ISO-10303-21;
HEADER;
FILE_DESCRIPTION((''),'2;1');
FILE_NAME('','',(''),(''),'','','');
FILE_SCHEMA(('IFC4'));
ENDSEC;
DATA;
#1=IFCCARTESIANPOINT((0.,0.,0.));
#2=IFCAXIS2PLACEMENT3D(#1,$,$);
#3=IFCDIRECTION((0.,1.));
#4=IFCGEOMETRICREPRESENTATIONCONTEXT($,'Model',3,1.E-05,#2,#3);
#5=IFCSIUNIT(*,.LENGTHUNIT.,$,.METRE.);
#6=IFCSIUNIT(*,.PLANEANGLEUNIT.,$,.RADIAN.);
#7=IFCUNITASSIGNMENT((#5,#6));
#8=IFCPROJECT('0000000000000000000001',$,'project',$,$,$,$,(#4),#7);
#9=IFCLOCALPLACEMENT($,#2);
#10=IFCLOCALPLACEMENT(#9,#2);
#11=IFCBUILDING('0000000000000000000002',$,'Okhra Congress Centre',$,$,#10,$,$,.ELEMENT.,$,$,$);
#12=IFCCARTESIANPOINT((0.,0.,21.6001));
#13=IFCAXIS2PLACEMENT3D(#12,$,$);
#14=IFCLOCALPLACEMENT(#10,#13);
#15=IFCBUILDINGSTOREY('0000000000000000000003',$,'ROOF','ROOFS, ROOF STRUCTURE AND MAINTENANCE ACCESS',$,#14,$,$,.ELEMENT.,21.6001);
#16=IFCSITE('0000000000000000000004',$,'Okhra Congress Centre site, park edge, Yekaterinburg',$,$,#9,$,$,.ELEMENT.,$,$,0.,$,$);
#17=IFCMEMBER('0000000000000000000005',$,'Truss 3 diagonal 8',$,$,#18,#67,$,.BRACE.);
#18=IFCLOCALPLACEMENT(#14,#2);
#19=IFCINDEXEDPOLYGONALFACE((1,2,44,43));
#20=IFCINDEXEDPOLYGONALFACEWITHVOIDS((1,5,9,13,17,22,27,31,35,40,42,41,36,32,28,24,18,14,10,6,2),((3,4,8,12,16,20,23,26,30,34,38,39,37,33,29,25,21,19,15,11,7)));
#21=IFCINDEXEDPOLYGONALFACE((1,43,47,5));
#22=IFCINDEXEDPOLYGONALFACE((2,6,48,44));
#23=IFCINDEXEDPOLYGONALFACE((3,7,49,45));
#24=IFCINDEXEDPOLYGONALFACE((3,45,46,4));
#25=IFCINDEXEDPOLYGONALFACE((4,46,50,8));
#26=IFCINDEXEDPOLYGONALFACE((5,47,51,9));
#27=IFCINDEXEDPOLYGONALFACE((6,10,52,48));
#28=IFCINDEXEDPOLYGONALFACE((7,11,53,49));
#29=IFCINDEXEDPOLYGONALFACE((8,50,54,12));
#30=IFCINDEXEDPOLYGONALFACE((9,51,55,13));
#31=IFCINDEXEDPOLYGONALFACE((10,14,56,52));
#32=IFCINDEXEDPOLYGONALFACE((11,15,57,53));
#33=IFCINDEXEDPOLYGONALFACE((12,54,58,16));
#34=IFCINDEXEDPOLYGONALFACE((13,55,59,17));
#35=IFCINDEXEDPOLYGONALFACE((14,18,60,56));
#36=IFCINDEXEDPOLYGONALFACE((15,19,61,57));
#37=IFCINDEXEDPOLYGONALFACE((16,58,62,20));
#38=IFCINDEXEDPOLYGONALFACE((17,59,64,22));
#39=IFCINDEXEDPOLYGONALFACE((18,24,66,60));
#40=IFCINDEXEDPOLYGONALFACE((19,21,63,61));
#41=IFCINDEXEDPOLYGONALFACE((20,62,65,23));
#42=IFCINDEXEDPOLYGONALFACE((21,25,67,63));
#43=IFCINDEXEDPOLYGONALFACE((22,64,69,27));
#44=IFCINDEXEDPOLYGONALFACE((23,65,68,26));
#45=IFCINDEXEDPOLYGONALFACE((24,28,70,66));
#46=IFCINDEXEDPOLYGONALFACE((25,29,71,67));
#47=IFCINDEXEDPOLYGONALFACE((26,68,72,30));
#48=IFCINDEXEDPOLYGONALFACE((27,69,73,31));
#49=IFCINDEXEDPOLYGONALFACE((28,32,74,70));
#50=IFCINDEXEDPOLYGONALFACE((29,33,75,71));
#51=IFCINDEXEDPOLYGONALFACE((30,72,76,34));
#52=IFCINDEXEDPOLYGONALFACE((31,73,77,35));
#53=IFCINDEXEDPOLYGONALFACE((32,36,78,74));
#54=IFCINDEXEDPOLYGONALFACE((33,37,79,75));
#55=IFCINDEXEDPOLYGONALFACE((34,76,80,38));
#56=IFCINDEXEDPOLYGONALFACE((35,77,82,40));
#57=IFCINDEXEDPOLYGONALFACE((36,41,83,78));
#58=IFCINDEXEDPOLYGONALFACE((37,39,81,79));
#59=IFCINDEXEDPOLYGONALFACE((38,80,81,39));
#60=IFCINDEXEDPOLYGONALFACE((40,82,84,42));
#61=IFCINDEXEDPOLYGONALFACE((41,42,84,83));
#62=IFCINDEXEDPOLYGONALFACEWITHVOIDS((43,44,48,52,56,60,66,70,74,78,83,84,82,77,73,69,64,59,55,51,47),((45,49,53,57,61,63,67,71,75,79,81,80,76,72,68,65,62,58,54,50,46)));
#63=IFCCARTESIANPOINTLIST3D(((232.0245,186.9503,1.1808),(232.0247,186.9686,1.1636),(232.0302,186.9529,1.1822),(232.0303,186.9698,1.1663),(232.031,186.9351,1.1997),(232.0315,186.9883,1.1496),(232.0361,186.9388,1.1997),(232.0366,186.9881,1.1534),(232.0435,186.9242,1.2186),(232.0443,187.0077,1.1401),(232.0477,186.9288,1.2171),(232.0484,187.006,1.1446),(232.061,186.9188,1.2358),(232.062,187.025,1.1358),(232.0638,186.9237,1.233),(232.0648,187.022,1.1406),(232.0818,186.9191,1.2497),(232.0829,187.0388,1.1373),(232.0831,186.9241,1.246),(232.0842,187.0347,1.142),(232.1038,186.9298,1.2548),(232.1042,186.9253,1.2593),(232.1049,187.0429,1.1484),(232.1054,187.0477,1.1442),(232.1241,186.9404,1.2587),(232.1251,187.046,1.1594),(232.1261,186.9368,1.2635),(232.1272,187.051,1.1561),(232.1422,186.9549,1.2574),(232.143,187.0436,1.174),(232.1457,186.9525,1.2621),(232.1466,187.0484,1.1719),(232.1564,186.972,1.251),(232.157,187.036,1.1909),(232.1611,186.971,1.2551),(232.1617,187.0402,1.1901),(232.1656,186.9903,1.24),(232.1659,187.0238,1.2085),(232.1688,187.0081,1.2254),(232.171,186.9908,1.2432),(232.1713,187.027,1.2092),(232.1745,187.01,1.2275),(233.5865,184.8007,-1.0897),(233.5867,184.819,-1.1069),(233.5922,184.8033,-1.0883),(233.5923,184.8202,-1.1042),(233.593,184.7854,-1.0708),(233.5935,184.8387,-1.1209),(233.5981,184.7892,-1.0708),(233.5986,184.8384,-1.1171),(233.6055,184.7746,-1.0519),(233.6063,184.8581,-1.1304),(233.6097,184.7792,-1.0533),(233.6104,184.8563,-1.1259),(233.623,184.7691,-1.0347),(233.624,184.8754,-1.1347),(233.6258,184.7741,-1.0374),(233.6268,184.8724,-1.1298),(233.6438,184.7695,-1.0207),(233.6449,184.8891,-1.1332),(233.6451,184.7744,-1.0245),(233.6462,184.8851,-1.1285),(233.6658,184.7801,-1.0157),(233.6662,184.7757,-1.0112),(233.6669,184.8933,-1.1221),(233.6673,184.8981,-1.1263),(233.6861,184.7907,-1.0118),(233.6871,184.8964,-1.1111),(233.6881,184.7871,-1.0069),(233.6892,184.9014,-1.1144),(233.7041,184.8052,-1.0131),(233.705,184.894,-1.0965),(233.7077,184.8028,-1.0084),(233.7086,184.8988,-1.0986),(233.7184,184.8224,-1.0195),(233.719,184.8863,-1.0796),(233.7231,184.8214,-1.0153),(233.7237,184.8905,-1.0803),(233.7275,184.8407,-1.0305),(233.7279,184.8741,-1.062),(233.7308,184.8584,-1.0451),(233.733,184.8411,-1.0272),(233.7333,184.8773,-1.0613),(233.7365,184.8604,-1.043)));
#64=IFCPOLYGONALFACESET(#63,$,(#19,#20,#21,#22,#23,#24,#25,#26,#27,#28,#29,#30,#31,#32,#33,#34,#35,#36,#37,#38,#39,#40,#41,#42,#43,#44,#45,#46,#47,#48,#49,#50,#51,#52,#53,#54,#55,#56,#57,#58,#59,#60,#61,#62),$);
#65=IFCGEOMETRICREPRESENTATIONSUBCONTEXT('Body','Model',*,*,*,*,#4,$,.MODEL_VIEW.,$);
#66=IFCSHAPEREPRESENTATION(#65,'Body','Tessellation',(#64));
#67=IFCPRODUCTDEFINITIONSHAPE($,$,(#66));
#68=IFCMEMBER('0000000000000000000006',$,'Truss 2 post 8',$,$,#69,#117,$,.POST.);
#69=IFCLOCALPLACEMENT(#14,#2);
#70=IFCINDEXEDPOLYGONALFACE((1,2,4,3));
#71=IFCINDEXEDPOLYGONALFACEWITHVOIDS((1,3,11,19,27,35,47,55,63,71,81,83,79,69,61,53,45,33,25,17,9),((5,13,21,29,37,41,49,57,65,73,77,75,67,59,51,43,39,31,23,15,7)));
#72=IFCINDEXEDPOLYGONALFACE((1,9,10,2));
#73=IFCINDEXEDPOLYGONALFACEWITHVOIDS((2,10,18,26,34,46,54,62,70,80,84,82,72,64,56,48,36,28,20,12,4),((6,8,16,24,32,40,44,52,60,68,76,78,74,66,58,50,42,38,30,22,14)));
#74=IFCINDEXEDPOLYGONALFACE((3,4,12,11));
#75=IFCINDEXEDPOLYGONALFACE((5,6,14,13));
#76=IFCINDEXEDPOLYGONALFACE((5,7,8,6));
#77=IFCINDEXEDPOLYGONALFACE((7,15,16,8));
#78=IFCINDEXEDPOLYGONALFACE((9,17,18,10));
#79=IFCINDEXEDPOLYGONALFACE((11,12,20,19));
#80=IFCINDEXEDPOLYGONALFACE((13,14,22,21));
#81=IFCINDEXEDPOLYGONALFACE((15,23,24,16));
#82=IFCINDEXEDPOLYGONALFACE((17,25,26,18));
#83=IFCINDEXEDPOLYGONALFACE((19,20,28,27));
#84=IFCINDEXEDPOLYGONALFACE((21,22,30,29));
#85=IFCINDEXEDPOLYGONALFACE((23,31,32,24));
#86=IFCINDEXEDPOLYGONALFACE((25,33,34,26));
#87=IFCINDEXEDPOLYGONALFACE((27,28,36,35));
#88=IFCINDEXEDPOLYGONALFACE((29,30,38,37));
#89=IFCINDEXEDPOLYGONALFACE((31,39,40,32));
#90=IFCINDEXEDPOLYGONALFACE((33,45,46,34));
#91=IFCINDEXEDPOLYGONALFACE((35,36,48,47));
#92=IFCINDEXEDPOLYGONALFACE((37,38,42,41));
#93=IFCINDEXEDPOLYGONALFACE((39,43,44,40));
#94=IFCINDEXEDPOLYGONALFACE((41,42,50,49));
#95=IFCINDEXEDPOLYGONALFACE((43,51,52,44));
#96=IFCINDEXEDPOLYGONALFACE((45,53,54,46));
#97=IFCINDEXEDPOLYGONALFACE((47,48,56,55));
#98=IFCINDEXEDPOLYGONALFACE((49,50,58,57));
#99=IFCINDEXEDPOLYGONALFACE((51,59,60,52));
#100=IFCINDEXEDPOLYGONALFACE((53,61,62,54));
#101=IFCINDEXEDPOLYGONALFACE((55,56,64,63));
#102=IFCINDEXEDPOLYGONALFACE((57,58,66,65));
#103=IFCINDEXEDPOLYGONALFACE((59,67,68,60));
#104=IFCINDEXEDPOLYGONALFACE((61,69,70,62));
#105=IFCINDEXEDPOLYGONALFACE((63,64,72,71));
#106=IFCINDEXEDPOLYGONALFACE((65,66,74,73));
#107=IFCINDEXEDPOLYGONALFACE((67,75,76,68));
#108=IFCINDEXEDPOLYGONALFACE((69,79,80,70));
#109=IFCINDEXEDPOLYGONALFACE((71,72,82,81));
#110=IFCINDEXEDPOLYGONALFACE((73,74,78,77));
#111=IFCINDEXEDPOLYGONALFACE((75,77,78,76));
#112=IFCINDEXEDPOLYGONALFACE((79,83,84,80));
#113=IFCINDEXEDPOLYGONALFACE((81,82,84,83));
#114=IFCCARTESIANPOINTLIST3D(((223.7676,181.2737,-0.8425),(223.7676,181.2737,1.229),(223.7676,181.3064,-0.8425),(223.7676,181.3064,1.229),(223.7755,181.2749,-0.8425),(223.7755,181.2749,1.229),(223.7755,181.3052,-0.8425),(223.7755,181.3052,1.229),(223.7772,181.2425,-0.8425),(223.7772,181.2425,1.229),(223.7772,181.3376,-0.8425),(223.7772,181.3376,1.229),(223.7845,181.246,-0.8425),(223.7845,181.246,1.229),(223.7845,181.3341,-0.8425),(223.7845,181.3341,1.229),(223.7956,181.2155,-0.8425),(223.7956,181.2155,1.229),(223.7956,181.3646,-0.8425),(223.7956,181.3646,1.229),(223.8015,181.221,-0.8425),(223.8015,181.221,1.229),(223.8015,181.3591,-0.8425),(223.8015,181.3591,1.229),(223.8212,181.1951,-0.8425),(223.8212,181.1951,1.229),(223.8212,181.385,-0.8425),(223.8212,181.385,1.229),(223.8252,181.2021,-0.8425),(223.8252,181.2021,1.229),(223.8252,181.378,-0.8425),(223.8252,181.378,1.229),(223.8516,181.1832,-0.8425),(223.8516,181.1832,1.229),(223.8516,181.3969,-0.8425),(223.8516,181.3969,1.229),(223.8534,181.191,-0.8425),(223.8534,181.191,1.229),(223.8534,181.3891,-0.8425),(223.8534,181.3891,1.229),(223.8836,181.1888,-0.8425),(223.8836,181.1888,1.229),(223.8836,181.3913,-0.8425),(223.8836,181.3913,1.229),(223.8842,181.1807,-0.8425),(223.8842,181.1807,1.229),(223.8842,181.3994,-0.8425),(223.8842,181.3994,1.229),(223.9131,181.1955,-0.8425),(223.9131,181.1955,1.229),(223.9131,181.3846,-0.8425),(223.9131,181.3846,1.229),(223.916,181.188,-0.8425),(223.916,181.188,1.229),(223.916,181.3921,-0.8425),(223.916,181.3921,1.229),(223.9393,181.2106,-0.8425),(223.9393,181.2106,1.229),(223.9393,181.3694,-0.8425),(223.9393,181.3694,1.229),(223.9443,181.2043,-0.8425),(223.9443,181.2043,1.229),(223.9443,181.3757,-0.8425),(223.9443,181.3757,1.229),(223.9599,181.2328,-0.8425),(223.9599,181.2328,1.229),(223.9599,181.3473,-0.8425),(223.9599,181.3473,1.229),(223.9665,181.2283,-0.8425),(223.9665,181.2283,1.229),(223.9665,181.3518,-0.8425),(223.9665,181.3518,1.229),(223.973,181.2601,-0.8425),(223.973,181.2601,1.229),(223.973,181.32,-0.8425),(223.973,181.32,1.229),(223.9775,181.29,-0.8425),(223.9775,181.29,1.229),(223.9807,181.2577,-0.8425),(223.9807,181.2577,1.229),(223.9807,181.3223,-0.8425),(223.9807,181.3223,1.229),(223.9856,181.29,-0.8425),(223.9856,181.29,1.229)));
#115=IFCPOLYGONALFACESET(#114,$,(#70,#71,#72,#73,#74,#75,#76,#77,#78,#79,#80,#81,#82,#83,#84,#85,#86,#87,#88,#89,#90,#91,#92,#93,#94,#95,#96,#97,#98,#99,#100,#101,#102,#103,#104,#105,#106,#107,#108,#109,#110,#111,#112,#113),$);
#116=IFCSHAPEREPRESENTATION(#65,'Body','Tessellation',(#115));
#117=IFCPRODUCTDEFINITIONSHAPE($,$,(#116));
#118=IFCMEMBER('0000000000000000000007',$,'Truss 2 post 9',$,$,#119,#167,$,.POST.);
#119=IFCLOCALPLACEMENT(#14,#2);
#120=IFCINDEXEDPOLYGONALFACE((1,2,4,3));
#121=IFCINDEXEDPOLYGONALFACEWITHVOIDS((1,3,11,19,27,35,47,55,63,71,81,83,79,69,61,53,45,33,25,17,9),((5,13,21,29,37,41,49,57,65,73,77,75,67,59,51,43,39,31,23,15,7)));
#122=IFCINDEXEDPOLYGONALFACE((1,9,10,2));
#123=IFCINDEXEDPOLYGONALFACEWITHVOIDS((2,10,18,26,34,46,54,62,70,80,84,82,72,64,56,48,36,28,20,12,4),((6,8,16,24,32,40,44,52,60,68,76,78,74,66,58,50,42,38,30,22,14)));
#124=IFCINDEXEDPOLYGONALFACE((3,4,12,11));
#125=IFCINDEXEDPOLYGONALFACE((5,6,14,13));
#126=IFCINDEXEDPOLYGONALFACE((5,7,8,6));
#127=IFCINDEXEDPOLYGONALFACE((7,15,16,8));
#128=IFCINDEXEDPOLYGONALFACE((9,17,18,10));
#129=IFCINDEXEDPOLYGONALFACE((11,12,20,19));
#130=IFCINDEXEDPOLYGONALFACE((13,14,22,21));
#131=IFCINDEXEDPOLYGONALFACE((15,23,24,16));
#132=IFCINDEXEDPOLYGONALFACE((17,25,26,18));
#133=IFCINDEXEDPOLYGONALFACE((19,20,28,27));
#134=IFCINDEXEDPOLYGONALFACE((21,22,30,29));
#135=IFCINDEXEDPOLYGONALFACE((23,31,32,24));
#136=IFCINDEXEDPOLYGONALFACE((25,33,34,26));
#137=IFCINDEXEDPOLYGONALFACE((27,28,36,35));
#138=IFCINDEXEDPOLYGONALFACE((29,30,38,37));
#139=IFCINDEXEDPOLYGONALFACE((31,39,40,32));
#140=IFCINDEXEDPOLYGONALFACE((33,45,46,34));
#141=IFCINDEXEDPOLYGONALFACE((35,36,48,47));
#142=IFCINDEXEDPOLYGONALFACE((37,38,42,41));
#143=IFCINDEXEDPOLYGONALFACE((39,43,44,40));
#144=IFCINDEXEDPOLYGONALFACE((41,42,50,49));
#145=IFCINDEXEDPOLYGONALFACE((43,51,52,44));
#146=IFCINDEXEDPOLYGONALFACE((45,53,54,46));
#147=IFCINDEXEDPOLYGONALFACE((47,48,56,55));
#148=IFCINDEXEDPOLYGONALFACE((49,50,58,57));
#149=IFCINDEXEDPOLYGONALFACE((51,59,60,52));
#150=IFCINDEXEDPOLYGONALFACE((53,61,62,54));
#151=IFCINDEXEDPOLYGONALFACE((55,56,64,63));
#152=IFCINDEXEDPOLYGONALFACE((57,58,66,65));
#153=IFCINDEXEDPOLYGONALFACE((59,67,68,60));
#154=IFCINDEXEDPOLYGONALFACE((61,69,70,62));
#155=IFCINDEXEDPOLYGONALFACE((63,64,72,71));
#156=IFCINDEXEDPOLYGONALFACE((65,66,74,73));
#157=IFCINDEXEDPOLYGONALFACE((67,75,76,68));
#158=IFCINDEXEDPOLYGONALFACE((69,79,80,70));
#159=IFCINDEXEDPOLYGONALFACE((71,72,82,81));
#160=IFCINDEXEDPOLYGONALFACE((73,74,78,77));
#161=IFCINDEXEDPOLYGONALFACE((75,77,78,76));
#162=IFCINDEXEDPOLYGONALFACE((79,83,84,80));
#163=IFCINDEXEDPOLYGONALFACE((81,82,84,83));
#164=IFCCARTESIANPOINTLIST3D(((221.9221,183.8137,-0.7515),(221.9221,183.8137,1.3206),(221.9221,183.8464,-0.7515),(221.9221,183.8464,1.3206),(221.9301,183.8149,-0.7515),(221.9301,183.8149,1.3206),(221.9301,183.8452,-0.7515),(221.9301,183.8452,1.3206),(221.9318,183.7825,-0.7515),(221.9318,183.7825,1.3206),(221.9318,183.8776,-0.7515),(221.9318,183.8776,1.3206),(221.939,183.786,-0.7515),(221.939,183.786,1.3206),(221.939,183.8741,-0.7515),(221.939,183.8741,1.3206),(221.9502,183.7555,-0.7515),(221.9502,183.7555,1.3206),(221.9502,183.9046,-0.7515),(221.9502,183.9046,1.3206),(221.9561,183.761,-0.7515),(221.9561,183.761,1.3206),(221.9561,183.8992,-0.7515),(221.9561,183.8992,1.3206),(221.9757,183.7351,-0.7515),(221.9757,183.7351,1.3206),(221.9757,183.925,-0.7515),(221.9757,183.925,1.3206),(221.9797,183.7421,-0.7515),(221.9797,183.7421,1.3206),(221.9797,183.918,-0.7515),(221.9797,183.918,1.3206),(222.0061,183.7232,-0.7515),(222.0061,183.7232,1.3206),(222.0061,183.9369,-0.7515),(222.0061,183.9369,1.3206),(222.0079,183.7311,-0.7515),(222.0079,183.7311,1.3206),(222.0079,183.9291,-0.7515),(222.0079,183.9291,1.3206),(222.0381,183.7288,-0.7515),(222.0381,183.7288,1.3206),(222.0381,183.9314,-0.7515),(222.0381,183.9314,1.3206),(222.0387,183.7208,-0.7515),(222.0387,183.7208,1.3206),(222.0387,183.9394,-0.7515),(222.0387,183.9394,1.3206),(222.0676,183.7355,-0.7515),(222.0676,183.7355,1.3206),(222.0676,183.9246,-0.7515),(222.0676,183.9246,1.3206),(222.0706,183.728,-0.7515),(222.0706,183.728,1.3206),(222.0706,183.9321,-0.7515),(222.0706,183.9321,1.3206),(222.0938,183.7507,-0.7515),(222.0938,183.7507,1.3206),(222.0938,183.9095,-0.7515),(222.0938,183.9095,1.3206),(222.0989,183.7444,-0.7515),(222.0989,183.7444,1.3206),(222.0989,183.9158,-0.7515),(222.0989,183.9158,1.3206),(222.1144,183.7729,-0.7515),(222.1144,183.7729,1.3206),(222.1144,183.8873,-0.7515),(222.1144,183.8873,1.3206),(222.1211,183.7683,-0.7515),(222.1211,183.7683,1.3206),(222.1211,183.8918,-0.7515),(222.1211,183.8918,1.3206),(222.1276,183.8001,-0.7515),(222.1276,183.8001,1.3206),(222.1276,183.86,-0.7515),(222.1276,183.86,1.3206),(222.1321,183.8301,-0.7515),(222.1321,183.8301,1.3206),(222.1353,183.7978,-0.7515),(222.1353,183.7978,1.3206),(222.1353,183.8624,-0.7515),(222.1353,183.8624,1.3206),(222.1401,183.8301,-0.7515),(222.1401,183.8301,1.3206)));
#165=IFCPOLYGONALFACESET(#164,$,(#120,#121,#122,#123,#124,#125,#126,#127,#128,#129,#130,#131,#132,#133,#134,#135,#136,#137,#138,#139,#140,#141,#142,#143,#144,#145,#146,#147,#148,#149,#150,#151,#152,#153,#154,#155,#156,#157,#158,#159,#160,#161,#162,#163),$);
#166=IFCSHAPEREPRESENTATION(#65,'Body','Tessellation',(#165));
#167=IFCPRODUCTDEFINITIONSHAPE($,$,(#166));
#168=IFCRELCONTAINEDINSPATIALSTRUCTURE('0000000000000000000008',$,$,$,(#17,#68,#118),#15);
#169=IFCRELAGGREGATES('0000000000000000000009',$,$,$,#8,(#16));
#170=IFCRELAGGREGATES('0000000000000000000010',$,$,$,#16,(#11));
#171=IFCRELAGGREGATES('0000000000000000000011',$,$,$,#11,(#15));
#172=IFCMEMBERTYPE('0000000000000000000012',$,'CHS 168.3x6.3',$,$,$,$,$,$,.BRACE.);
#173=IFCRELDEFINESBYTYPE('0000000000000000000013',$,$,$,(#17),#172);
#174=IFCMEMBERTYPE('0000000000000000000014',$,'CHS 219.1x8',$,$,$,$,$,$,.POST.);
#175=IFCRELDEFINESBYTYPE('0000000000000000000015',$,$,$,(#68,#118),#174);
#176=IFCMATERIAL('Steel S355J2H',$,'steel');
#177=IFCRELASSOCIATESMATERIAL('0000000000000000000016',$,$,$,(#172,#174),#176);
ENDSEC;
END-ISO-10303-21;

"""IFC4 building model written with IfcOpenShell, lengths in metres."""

from ifc_helpers import new_model, si_unit, direction, frame, origin, origin_2d, place, context, subcontext, project, spatial, hollow_circle, extrude, material, material_profile, profile_set, type_object, element, save


model = new_model("IFC4")

# Units and contexts
model_context = context("Model", 3, precision=1e-05, world=origin(), true_north=direction((0.0, 1.0)))
body_context = subcontext(model_context, "Body", "Model", "MODEL_VIEW")
ifc_project = project(units=[si_unit("LENGTHUNIT", "METRE"), si_unit("PLANEANGLEUNIT", "RADIAN")], contexts=[model_context])

# Site, building, storey
site_placement = place(None, origin())
site = spatial("IfcSite", under=ifc_project, at=site_placement, Name="Okhra Congress Centre site, park edge, Yekaterinburg", CompositionType="ELEMENT", RefElevation=0.0)
building_placement = place(site_placement, origin())
building = spatial("IfcBuilding", under=site, at=building_placement, Name="Okhra Congress Centre", CompositionType="ELEMENT")
storey_placement = place(building_placement, frame((0.0, 0.0, 21.6001)))
storey = spatial("IfcBuildingStorey", under=building, at=storey_placement, Name="ROOF", Description="ROOFS, ROOF STRUCTURE AND MAINTENANCE ACCESS", CompositionType="ELEMENT", Elevation=21.6001)

# Members
ifc_material_1 = material(Name="Steel S355J2H", Category="steel")
ifc_material_profile_1 = material_profile(ifc_material_1, hollow_circle(Radius=0.0842, WallThickness=0.0063, at=origin_2d()), Name="CHS 168.3x6.3")
ifc_profile_set_1 = profile_set([ifc_material_profile_1], Name="Steel S355J2H")
member_type_1 = type_object("IfcMemberType", Name="CHS 168.3x6.3", PredefinedType="BRACE", material=ifc_profile_set_1)
member_1_placement = place(storey_placement, frame((233.6611, 184.835, -1.0708), z_axis=(-0.446908, 0.615039, 0.649616), x_axis=(-0.808982, -0.587833, 0.0)))
element("IfcMember", 1, at=member_1_placement, inside=storey, type_object=member_type_1, Name="Truss 3 diagonal 8", PredefinedType="BRACE", context=body_context, shape_type="SweptSolid", body=[
    extrude(hollow_circle(Radius=0.0842, WallThickness=0.0063, at=origin_2d()), origin(), (0.0, 0.0, 1.0), 3.4951),
])
ifc_material_profile_2 = material_profile(ifc_material_1, hollow_circle(Radius=0.1096, WallThickness=0.0081, at=origin_2d()), Name="CHS 219.1x8")
ifc_profile_set_2 = profile_set([ifc_material_profile_2], Name="Steel S355J2H")
member_type_2 = type_object("IfcMemberType", Name="CHS 219.1x8", PredefinedType="POST", material=ifc_profile_set_2)
member_2_placement = place(storey_placement, frame((223.876, 181.29, -0.8425), z_axis=(0.0, 0.0, 1.0), x_axis=(1.0, 0.0, 0.0)))
element("IfcMember", 2, at=member_2_placement, inside=storey, type_object=member_type_2, Name="Truss 2 post 8", PredefinedType="POST", context=body_context, shape_type="SweptSolid", body=[
    extrude(hollow_circle(Radius=0.1096, WallThickness=0.0081, at=origin_2d()), origin(), (0.0, 0.0, 1.0), 2.0715),
])
member_3_placement = place(storey_placement, frame((222.0305, 183.8301, -0.7515), z_axis=(0.0, 0.0, 1.0), x_axis=(1.0, 0.0, 0.0)))
element("IfcMember", 3, at=member_3_placement, inside=storey, type_object=member_type_2, Name="Truss 2 post 9", PredefinedType="POST", context=body_context, shape_type="SweptSolid", body=[
    extrude(hollow_circle(Radius=0.1096, WallThickness=0.0081, at=origin_2d()), origin(), (0.0, 0.0, 1.0), 2.072),
])

save(model, "model.ifc")
